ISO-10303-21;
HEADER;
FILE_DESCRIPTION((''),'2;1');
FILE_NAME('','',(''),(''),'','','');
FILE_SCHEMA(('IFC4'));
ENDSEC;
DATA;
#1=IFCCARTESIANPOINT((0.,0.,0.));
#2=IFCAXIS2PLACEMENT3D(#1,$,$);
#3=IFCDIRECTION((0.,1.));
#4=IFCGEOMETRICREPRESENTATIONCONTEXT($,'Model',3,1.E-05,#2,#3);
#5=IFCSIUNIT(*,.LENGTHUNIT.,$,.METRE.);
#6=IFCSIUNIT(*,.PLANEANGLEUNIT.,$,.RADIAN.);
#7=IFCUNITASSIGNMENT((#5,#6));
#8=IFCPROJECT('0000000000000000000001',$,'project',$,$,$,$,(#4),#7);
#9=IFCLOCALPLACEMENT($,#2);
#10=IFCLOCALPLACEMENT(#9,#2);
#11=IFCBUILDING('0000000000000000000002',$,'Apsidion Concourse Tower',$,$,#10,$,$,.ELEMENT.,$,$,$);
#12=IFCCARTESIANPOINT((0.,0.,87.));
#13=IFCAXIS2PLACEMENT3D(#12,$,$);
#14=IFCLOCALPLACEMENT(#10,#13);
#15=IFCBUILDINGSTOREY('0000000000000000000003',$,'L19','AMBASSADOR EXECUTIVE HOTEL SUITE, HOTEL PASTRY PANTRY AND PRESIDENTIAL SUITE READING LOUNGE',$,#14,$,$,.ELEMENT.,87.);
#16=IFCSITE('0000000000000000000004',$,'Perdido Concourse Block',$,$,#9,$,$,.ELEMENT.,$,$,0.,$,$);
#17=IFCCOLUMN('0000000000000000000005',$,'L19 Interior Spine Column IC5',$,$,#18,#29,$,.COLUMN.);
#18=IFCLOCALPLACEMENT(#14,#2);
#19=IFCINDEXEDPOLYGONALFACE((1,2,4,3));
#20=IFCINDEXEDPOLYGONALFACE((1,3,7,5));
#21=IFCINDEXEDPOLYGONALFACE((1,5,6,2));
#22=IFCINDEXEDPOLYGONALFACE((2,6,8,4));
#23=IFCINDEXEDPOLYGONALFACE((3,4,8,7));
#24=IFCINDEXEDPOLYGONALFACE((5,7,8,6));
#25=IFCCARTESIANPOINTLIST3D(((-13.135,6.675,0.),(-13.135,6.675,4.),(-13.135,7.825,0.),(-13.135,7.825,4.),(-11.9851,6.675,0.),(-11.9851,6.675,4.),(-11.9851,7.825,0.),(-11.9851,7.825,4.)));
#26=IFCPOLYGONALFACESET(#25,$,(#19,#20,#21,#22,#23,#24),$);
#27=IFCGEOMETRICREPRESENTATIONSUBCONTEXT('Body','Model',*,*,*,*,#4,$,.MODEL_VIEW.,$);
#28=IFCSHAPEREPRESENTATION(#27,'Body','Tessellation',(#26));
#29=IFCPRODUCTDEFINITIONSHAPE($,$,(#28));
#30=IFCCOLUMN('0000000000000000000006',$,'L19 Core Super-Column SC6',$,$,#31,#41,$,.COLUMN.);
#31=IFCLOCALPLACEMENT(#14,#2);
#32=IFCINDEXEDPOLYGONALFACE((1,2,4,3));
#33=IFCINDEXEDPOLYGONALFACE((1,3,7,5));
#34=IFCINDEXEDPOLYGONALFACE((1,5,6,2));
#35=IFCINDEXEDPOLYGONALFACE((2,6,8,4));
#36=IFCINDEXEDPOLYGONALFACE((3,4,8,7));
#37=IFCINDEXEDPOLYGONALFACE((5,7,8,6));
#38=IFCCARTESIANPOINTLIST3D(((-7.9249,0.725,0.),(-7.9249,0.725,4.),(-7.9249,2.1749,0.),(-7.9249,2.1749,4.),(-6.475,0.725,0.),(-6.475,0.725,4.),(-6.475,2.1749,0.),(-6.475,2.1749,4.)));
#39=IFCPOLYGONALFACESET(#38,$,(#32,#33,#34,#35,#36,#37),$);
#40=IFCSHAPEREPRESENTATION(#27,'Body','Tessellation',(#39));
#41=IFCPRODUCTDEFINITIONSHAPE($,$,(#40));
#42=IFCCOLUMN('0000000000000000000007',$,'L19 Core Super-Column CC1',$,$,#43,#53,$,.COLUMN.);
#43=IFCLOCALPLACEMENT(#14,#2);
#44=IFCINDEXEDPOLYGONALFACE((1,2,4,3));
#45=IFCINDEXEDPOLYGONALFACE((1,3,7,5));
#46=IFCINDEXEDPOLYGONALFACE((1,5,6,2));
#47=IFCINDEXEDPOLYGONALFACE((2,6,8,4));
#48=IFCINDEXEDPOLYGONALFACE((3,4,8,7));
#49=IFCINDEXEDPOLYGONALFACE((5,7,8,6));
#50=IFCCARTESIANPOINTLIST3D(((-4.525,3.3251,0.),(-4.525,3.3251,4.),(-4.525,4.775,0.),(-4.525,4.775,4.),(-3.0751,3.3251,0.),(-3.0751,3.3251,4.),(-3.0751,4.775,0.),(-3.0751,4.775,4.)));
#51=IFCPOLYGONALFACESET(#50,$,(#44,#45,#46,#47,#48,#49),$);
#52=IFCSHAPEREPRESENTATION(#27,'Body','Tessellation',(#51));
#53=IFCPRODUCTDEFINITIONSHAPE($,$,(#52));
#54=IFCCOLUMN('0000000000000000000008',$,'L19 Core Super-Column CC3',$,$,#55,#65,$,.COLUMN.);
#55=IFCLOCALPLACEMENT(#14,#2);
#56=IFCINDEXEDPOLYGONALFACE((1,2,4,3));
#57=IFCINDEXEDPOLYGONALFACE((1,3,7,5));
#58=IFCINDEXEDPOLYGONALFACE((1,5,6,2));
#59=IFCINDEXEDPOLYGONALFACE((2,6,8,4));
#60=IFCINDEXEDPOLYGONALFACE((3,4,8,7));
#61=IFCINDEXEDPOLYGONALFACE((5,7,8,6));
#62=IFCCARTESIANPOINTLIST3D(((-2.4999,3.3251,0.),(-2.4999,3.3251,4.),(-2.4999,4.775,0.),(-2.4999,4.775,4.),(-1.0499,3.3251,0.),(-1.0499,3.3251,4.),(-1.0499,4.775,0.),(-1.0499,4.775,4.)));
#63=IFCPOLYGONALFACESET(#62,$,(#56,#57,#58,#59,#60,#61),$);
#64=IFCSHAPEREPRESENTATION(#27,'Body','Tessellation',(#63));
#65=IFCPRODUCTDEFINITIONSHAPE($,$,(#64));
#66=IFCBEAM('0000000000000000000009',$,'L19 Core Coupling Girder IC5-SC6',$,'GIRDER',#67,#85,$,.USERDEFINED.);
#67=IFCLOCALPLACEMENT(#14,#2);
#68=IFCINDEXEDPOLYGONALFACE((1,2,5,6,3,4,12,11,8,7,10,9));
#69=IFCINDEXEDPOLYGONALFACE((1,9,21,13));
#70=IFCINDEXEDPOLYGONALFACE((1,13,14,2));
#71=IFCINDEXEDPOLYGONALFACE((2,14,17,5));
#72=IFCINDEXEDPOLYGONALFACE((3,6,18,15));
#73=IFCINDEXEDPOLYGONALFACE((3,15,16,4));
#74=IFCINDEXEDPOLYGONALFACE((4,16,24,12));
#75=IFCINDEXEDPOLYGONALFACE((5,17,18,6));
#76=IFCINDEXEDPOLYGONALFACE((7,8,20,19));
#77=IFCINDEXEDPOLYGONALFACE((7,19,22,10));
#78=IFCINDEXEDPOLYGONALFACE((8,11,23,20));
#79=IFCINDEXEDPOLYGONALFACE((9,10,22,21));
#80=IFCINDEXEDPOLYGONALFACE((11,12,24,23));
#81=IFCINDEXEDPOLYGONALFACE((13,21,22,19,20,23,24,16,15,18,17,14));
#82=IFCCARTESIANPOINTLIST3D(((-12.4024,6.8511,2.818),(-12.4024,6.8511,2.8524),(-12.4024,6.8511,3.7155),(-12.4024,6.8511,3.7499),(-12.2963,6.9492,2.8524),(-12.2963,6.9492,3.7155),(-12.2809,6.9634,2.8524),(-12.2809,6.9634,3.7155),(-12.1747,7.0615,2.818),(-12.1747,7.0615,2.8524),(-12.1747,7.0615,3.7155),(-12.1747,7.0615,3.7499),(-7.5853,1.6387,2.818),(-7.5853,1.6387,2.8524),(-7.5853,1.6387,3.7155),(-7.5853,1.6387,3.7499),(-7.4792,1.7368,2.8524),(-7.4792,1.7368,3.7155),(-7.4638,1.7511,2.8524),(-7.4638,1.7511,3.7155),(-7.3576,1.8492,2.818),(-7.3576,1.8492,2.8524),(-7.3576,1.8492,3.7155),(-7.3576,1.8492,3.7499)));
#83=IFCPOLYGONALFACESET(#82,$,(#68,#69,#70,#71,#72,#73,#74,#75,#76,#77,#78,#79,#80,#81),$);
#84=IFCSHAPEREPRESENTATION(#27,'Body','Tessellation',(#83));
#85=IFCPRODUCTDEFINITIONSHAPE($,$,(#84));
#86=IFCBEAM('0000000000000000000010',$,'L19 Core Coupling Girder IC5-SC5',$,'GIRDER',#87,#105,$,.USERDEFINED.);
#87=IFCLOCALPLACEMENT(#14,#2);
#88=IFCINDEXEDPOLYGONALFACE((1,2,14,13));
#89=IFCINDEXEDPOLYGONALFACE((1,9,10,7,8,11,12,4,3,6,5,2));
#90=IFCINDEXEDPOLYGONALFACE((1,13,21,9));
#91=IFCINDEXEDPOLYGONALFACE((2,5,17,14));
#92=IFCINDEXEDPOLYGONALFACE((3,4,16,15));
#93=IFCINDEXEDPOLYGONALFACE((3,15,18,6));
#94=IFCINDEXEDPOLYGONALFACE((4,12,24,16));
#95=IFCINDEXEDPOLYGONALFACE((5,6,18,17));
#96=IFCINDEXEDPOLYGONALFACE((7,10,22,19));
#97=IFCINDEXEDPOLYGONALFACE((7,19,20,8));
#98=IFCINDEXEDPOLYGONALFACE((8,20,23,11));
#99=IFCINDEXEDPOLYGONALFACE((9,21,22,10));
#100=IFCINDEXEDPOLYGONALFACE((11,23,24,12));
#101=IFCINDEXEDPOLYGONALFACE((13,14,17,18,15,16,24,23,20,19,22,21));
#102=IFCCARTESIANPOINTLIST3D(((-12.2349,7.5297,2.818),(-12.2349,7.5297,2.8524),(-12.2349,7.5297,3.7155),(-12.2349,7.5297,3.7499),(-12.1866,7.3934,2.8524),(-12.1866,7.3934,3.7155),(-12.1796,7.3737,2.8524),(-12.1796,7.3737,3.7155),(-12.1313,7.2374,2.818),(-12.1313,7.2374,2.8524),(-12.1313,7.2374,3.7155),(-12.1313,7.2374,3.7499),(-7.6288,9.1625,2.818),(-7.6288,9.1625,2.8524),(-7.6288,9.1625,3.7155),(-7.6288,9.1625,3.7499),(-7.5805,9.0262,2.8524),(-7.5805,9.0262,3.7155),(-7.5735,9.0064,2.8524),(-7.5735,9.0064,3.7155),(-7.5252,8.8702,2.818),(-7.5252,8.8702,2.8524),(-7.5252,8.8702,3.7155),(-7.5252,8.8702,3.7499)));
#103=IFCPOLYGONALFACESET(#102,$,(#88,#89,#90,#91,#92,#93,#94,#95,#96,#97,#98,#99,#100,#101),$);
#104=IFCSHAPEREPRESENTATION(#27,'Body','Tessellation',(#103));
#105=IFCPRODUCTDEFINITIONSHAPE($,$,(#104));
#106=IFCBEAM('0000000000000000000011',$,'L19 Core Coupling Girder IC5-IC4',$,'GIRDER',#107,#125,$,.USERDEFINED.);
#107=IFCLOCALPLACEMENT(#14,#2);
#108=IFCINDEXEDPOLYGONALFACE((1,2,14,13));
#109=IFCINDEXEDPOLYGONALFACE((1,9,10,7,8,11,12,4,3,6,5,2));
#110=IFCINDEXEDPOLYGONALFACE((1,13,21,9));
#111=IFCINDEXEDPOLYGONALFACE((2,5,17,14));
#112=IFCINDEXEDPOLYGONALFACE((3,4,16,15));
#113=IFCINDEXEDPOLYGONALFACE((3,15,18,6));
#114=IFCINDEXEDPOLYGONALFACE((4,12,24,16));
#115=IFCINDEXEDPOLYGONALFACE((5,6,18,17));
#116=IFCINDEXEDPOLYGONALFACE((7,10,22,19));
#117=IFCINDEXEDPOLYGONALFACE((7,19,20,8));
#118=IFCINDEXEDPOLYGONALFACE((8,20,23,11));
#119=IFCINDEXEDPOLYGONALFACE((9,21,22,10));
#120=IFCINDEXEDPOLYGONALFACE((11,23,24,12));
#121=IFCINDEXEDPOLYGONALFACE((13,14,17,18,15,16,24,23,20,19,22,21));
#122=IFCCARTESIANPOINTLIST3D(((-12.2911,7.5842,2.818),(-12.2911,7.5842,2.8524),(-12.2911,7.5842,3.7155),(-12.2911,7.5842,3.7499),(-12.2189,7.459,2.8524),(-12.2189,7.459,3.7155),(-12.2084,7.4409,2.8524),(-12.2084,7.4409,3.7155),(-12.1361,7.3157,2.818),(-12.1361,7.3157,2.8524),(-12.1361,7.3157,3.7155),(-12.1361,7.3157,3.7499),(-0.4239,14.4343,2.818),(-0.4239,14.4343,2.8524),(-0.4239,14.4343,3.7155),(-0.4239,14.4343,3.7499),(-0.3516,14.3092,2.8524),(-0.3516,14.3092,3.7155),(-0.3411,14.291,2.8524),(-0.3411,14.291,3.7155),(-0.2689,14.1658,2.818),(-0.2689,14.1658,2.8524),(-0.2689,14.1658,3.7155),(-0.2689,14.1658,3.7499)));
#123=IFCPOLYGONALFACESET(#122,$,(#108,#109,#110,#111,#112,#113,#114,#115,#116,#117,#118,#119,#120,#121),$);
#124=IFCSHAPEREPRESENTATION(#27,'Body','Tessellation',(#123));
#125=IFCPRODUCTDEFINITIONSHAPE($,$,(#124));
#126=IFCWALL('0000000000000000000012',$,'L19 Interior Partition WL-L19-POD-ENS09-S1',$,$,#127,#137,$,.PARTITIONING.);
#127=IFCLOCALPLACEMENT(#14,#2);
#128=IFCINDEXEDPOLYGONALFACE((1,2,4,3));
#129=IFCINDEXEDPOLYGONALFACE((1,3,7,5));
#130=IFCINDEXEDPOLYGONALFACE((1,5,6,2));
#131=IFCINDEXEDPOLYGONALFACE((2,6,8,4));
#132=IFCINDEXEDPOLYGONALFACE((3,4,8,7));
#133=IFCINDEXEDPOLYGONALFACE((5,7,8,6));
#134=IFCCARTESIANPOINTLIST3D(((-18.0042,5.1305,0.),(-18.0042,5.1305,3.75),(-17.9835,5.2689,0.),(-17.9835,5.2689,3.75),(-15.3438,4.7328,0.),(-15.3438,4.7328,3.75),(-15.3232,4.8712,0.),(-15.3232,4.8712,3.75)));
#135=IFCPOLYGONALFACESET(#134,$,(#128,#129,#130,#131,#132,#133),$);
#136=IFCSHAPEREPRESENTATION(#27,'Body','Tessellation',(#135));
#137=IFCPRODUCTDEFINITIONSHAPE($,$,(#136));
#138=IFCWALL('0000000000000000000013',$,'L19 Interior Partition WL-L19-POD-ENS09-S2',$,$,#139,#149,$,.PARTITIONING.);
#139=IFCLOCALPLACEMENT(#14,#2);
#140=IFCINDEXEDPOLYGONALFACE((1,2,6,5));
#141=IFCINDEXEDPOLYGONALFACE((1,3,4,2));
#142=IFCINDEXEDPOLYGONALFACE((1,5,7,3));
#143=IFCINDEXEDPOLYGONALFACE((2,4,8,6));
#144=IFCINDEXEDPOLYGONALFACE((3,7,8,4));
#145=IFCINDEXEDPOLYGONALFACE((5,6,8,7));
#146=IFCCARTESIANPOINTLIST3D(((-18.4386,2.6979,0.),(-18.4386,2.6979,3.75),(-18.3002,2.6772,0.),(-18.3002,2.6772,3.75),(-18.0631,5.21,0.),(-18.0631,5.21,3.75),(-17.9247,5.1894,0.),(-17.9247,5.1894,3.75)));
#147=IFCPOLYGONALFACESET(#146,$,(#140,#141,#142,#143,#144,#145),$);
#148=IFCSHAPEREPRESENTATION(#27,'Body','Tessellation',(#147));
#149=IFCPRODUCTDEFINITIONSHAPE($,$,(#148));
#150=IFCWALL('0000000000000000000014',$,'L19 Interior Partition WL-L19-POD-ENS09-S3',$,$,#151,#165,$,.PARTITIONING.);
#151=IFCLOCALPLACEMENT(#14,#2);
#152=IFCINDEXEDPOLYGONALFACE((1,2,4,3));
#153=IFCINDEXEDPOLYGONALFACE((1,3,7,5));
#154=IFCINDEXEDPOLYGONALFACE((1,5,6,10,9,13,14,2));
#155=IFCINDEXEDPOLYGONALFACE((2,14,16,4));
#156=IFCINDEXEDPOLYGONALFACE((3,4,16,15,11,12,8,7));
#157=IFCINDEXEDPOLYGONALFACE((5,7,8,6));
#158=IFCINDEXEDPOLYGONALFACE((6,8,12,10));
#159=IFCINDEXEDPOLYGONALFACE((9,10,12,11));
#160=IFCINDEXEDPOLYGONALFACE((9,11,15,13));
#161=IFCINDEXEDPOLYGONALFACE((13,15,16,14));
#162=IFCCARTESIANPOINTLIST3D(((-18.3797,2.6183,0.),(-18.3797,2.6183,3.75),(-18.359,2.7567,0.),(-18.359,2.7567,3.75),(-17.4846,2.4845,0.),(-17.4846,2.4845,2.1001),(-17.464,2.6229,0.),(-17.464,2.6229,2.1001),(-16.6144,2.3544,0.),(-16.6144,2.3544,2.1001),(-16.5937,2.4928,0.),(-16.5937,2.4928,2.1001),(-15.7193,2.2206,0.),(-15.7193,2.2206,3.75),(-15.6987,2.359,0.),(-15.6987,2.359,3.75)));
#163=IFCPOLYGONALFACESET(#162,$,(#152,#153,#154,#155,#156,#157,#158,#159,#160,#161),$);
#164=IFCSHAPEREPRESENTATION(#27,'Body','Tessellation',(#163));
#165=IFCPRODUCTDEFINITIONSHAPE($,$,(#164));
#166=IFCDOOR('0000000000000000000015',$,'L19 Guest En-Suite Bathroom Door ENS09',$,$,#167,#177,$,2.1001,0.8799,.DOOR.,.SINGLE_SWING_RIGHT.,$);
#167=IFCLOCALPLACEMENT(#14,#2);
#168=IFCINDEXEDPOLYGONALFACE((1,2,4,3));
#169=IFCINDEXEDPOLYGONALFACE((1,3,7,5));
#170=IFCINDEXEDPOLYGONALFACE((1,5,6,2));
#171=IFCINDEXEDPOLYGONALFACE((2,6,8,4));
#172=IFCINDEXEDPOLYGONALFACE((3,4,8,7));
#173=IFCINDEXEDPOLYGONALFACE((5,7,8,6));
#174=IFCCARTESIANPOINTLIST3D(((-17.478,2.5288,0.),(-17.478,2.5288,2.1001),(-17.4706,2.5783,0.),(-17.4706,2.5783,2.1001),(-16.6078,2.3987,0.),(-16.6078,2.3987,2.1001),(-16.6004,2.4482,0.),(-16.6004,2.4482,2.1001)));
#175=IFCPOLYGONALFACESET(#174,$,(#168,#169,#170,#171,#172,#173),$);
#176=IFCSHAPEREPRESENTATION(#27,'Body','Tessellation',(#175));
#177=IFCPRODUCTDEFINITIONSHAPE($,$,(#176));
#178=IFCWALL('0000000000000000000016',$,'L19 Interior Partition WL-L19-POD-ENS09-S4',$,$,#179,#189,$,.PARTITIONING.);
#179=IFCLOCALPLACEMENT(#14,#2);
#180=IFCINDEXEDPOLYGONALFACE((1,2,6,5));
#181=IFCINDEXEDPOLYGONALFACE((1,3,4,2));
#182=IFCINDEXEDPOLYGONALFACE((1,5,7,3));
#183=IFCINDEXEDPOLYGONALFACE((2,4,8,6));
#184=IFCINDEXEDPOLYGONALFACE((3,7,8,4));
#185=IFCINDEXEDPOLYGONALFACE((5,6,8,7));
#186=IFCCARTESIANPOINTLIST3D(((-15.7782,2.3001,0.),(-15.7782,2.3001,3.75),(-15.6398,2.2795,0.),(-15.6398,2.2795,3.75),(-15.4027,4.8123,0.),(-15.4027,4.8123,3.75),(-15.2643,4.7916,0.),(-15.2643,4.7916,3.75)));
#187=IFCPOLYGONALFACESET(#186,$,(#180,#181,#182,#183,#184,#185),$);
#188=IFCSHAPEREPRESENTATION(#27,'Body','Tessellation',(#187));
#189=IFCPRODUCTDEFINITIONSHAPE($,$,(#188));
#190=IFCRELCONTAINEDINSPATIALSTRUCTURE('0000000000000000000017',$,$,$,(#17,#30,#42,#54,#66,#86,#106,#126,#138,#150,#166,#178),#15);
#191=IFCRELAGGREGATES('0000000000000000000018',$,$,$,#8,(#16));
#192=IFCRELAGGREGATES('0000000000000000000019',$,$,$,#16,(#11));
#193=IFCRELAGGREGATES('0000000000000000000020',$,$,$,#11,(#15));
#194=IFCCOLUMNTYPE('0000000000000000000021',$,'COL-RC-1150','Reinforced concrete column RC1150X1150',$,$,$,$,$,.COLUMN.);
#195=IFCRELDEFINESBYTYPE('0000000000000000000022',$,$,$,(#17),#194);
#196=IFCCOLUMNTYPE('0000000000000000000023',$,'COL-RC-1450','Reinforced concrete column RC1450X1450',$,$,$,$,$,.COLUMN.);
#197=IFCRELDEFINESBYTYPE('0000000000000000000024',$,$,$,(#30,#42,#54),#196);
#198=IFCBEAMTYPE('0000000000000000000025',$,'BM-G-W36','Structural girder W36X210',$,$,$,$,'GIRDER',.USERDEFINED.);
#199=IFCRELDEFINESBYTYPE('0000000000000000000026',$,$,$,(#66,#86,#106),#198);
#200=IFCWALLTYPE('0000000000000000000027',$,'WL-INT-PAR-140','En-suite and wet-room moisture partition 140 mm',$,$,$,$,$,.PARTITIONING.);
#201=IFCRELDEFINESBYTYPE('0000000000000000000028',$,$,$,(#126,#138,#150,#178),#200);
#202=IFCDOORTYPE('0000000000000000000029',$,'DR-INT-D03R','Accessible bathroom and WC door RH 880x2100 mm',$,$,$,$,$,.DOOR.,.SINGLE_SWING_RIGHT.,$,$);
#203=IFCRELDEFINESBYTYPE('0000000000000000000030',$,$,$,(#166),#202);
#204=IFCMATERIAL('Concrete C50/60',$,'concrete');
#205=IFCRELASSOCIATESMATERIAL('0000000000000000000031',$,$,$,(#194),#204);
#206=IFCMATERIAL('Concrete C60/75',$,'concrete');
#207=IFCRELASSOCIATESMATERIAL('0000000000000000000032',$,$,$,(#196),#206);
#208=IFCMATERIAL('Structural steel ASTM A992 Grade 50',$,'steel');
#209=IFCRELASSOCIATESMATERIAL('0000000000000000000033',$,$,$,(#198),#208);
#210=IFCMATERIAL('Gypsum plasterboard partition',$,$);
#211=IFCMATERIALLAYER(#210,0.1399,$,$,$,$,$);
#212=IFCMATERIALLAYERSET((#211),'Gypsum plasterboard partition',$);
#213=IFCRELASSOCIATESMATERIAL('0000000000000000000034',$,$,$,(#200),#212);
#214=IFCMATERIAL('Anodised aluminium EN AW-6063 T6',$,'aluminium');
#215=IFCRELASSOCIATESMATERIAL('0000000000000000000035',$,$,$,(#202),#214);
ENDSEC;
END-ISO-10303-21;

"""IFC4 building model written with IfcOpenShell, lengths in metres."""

from ifc_helpers import new_model, si_unit, direction, frame, frame_2d, origin, origin_2d, place, context, subcontext, project, spatial, rectangle, i_section, extrude, material, layer, layer_set, material_profile, profile_set, type_object, element, fill, save


model = new_model("IFC4")

# Units and contexts
model_context = context("Model", 3, precision=1e-05, world=origin(), true_north=direction((0.0, 1.0)))
body_context = subcontext(model_context, "Body", "Model", "MODEL_VIEW")
ifc_project = project(units=[si_unit("LENGTHUNIT", "METRE"), si_unit("PLANEANGLEUNIT", "RADIAN")], contexts=[model_context])

# Site, building, storey
site_placement = place(None, origin())
site = spatial("IfcSite", under=ifc_project, at=site_placement, Name="Perdido Concourse Block", CompositionType="ELEMENT", RefElevation=0.0)
building_placement = place(site_placement, origin())
building = spatial("IfcBuilding", under=site, at=building_placement, Name="Apsidion Concourse Tower", CompositionType="ELEMENT")
storey_placement = place(building_placement, frame((0.0, 0.0, 87.0)))
storey = spatial("IfcBuildingStorey", under=building, at=storey_placement, Name="L19", Description="AMBASSADOR EXECUTIVE HOTEL SUITE, HOTEL PASTRY PANTRY AND PRESIDENTIAL SUITE READING LOUNGE", CompositionType="ELEMENT", Elevation=87.0)

# Columns
ifc_material_1 = material(Name="Concrete C50/60", Category="concrete")
ifc_material_profile_1 = material_profile(ifc_material_1, rectangle(XDim=1.1499, YDim=1.1499, at=origin_2d()), Name="RC 1150x1150")
ifc_profile_set_1 = profile_set([ifc_material_profile_1], Name="Concrete C50/60")
column_type_1 = type_object("IfcColumnType", Name="COL-RC-1150", Description="Reinforced concrete column RC1150X1150", PredefinedType="COLUMN", material=ifc_profile_set_1)
column_placement = place(storey_placement, frame((-12.5601, 7.25, 0.0), z_axis=(0.0, 0.0, 1.0), x_axis=(1.0, 0.0, 0.0)))
element("IfcColumn", 1, at=column_placement, inside=storey, type_object=column_type_1, Name="L19 Interior Spine Column IC5", PredefinedType="COLUMN", context=body_context, shape_type="SweptSolid", body=[
    extrude(rectangle(XDim=1.1499, YDim=1.1499, at=origin_2d()), origin(), (0.0, 0.0, 1.0), 4.0),
])
ifc_material_2 = material(Name="Concrete C60/75", Category="concrete")
ifc_material_profile_2 = material_profile(ifc_material_2, rectangle(XDim=1.45, YDim=1.45, at=origin_2d()), Name="RC 1450x1450")
ifc_profile_set_2 = profile_set([ifc_material_profile_2], Name="Concrete C60/75")
column_type_2 = type_object("IfcColumnType", Name="COL-RC-1450", Description="Reinforced concrete column RC1450X1450", PredefinedType="COLUMN", material=ifc_profile_set_2)
for number, where, z_axis, x_axis, name in (
    (2, (-7.2, 1.45, 0.0), (0.0, 0.0, 1.0), (1.0, 0.0, 0.0), "L19 Core Super-Column SC6"),
    (3, (-3.8, 4.05, 0.0), (0.0, 0.0, 1.0), (1.0, 0.0, 0.0), "L19 Core Super-Column CC1"),
    (4, (-1.7749, 4.05, 0.0), (0.0, 0.0, 1.0), (1.0, 0.0, 0.0), "L19 Core Super-Column CC3"),
):
    element("IfcColumn", number, at=place(storey_placement, frame(where, z_axis=z_axis, x_axis=x_axis)), inside=storey, type_object=column_type_2, Name=name, PredefinedType="COLUMN", context=body_context, shape_type="SweptSolid", body=[
        extrude(rectangle(XDim=1.45, YDim=1.45, at=origin_2d()), origin(), (0.0, 0.0, 1.0), 4.0),
    ])

# Beams
ifc_material_3 = material(Name="Structural steel ASTM A992 Grade 50", Category="steel")
ifc_material_profile_3 = material_profile(ifc_material_3, i_section(OverallWidth=0.3101, OverallDepth=0.9319, WebThickness=0.021, FlangeThickness=0.0344, at=origin_2d()), Name="W36X210")
ifc_profile_set_3 = profile_set([ifc_material_profile_3], Name="Structural steel ASTM A992 Grade 50")
beam_type = type_object("IfcBeamType", Name="BM-G-W36", Description="Structural girder W36X210", ElementType="GIRDER", PredefinedType="USERDEFINED", material=ifc_profile_set_3)
beam_1_placement = place(storey_placement, frame((-12.2886, 6.9563, 3.2839), z_axis=(0.678713, -0.734404, 0.0), x_axis=(0.734404, 0.678713, 0.0)))
element("IfcBeam", 5, at=beam_1_placement, inside=storey, type_object=beam_type, Name="L19 Core Coupling Girder IC5-SC6", ObjectType="GIRDER", PredefinedType="USERDEFINED", context=body_context, shape_type="SweptSolid", body=[
    extrude(i_section(OverallWidth=0.3101, OverallDepth=0.9319, WebThickness=0.021, FlangeThickness=0.0344, at=origin_2d()), origin(), (0.0, 0.0, 1.0), 7.0974),
])
beam_2_placement = place(storey_placement, frame((-12.1831, 7.3835, 3.2839), z_axis=(0.942534, 0.334111, 0.0), x_axis=(-0.334111, 0.942534, 0.0)))
element("IfcBeam", 6, at=beam_2_placement, inside=storey, type_object=beam_type, Name="L19 Core Coupling Girder IC5-SC5", ObjectType="GIRDER", PredefinedType="USERDEFINED", context=body_context, shape_type="SweptSolid", body=[
    extrude(i_section(OverallWidth=0.3101, OverallDepth=0.9319, WebThickness=0.021, FlangeThickness=0.0344, at=origin_2d()), origin(), (0.0, 0.0, 1.0), 4.887),
])
beam_3_placement = place(storey_placement, frame((-12.2136, 7.45, 3.2839), z_axis=(0.86607, 0.499922, 0.0), x_axis=(-0.499922, 0.86607, 0.0)))
element("IfcBeam", 7, at=beam_3_placement, inside=storey, type_object=beam_type, Name="L19 Core Coupling Girder IC5-IC4", ObjectType="GIRDER", PredefinedType="USERDEFINED", context=body_context, shape_type="SweptSolid", body=[
    extrude(i_section(OverallWidth=0.3101, OverallDepth=0.9319, WebThickness=0.021, FlangeThickness=0.0344, at=origin_2d()), origin(), (0.0, 0.0, 1.0), 13.7024),
])

# Walls
ifc_material_4 = material(Name="Gypsum plasterboard partition")
ifc_layer_1 = layer(ifc_material_4, 0.1399)
ifc_layer_set_1 = layer_set([ifc_layer_1], Name="Gypsum plasterboard partition")
wall_type_1 = type_object("IfcWallType", Name="WL-INT-PAR-140", Description="En-suite and wet-room moisture partition 140 mm", PredefinedType="PARTITIONING", material=ifc_layer_set_1)
wall_1_placement = place(storey_placement, frame((-15.3335, 4.802, 0.0), z_axis=(0.0, 0.0, 1.0), x_axis=(-0.98901, 0.147848, 0.0)))
element("IfcWall", 8, at=wall_1_placement, inside=storey, type_object=wall_type_1, Name="L19 Interior Partition WL-L19-POD-ENS09-S1", PredefinedType="PARTITIONING", context=body_context, shape_type="SweptSolid", body=[
    extrude(rectangle(XDim=2.6899, YDim=0.1399, at=frame_2d((1.345, 0.0))), origin(), (0.0, 0.0, 1.0), 3.75),
])
wall_2_placement = place(storey_placement, frame((-17.9939, 5.1997, 0.0), z_axis=(0.0, 0.0, 1.0), x_axis=(-0.147823, -0.989014, 0.0)))
element("IfcWall", 9, at=wall_2_placement, inside=storey, type_object=wall_type_1, Name="L19 Interior Partition WL-L19-POD-ENS09-S2", PredefinedType="PARTITIONING", context=body_context, shape_type="SweptSolid", body=[
    extrude(rectangle(XDim=2.54, YDim=0.1399, at=frame_2d((1.27, 0.0))), origin(), (0.0, 0.0, 1.0), 3.75),
])

# Wall, opening, door
wall_3_placement = place(storey_placement, frame((-18.3694, 2.6875, 0.0), z_axis=(0.0, 0.0, 1.0), x_axis=(0.98901, -0.147848, 0.0)))
wall_3 = element("IfcWall", 10, at=wall_3_placement, inside=storey, type_object=wall_type_1, Name="L19 Interior Partition WL-L19-POD-ENS09-S3", PredefinedType="PARTITIONING", context=body_context, shape_type="SweptSolid", body=[
    extrude(rectangle(XDim=2.6899, YDim=0.1399, at=frame_2d((1.345, 0.0))), origin(), (0.0, 0.0, 1.0), 3.75),
])
opening_placement = place(wall_3_placement, frame((0.905, 0.0, 0.0)))
opening = element("IfcOpeningElement", 11, at=opening_placement, cuts=wall_3, PredefinedType="OPENING", context=body_context, shape_type="SweptSolid", body=[
    extrude(rectangle(XDim=0.8799, YDim=2.1001, at=frame_2d((0.4399, 1.05))), frame((0.0, 0.0801, 0.0), z_axis=(0.0, -1.0, 0.0), x_axis=(1.0, 0.0, 0.0)), (0.0, 0.0, 1.0), 0.1599),
])
ifc_material_5 = material(Name="Anodised aluminium EN AW-6063 T6", Category="aluminium")
door_type = type_object("IfcDoorType", Name="DR-INT-D03R", Description="Accessible bathroom and WC door RH 880x2100 mm", OperationType="SINGLE_SWING_RIGHT", PredefinedType="DOOR", material=ifc_material_5)
door_placement = place(opening_placement, origin())
door = element("IfcDoor", 12, at=door_placement, inside=storey, type_object=door_type, Name="L19 Guest En-Suite Bathroom Door ENS09", OperationType="SINGLE_SWING_RIGHT", OverallHeight=2.1001, OverallWidth=0.8799, PredefinedType="DOOR", context=body_context, shape_type="SweptSolid", body=[
    extrude(rectangle(XDim=0.8799, YDim=2.1001, at=frame_2d((0.4399, 1.05))), frame((0.0, 0.0249, 0.0), z_axis=(0.0, -1.0, 0.0), x_axis=(1.0, 0.0, 0.0)), (0.0, 0.0, 1.0), 0.05),
])
fill(opening, door)

# Wall
wall_4_placement = place(storey_placement, frame((-15.709, 2.2898, 0.0), z_axis=(0.0, 0.0, 1.0), x_axis=(0.147823, 0.989014, 0.0)))
element("IfcWall", 13, at=wall_4_placement, inside=storey, type_object=wall_type_1, Name="L19 Interior Partition WL-L19-POD-ENS09-S4", PredefinedType="PARTITIONING", context=body_context, shape_type="SweptSolid", body=[
    extrude(rectangle(XDim=2.54, YDim=0.1399, at=frame_2d((1.27, 0.0))), origin(), (0.0, 0.0, 1.0), 3.75),
])

save(model, "model.ifc")
